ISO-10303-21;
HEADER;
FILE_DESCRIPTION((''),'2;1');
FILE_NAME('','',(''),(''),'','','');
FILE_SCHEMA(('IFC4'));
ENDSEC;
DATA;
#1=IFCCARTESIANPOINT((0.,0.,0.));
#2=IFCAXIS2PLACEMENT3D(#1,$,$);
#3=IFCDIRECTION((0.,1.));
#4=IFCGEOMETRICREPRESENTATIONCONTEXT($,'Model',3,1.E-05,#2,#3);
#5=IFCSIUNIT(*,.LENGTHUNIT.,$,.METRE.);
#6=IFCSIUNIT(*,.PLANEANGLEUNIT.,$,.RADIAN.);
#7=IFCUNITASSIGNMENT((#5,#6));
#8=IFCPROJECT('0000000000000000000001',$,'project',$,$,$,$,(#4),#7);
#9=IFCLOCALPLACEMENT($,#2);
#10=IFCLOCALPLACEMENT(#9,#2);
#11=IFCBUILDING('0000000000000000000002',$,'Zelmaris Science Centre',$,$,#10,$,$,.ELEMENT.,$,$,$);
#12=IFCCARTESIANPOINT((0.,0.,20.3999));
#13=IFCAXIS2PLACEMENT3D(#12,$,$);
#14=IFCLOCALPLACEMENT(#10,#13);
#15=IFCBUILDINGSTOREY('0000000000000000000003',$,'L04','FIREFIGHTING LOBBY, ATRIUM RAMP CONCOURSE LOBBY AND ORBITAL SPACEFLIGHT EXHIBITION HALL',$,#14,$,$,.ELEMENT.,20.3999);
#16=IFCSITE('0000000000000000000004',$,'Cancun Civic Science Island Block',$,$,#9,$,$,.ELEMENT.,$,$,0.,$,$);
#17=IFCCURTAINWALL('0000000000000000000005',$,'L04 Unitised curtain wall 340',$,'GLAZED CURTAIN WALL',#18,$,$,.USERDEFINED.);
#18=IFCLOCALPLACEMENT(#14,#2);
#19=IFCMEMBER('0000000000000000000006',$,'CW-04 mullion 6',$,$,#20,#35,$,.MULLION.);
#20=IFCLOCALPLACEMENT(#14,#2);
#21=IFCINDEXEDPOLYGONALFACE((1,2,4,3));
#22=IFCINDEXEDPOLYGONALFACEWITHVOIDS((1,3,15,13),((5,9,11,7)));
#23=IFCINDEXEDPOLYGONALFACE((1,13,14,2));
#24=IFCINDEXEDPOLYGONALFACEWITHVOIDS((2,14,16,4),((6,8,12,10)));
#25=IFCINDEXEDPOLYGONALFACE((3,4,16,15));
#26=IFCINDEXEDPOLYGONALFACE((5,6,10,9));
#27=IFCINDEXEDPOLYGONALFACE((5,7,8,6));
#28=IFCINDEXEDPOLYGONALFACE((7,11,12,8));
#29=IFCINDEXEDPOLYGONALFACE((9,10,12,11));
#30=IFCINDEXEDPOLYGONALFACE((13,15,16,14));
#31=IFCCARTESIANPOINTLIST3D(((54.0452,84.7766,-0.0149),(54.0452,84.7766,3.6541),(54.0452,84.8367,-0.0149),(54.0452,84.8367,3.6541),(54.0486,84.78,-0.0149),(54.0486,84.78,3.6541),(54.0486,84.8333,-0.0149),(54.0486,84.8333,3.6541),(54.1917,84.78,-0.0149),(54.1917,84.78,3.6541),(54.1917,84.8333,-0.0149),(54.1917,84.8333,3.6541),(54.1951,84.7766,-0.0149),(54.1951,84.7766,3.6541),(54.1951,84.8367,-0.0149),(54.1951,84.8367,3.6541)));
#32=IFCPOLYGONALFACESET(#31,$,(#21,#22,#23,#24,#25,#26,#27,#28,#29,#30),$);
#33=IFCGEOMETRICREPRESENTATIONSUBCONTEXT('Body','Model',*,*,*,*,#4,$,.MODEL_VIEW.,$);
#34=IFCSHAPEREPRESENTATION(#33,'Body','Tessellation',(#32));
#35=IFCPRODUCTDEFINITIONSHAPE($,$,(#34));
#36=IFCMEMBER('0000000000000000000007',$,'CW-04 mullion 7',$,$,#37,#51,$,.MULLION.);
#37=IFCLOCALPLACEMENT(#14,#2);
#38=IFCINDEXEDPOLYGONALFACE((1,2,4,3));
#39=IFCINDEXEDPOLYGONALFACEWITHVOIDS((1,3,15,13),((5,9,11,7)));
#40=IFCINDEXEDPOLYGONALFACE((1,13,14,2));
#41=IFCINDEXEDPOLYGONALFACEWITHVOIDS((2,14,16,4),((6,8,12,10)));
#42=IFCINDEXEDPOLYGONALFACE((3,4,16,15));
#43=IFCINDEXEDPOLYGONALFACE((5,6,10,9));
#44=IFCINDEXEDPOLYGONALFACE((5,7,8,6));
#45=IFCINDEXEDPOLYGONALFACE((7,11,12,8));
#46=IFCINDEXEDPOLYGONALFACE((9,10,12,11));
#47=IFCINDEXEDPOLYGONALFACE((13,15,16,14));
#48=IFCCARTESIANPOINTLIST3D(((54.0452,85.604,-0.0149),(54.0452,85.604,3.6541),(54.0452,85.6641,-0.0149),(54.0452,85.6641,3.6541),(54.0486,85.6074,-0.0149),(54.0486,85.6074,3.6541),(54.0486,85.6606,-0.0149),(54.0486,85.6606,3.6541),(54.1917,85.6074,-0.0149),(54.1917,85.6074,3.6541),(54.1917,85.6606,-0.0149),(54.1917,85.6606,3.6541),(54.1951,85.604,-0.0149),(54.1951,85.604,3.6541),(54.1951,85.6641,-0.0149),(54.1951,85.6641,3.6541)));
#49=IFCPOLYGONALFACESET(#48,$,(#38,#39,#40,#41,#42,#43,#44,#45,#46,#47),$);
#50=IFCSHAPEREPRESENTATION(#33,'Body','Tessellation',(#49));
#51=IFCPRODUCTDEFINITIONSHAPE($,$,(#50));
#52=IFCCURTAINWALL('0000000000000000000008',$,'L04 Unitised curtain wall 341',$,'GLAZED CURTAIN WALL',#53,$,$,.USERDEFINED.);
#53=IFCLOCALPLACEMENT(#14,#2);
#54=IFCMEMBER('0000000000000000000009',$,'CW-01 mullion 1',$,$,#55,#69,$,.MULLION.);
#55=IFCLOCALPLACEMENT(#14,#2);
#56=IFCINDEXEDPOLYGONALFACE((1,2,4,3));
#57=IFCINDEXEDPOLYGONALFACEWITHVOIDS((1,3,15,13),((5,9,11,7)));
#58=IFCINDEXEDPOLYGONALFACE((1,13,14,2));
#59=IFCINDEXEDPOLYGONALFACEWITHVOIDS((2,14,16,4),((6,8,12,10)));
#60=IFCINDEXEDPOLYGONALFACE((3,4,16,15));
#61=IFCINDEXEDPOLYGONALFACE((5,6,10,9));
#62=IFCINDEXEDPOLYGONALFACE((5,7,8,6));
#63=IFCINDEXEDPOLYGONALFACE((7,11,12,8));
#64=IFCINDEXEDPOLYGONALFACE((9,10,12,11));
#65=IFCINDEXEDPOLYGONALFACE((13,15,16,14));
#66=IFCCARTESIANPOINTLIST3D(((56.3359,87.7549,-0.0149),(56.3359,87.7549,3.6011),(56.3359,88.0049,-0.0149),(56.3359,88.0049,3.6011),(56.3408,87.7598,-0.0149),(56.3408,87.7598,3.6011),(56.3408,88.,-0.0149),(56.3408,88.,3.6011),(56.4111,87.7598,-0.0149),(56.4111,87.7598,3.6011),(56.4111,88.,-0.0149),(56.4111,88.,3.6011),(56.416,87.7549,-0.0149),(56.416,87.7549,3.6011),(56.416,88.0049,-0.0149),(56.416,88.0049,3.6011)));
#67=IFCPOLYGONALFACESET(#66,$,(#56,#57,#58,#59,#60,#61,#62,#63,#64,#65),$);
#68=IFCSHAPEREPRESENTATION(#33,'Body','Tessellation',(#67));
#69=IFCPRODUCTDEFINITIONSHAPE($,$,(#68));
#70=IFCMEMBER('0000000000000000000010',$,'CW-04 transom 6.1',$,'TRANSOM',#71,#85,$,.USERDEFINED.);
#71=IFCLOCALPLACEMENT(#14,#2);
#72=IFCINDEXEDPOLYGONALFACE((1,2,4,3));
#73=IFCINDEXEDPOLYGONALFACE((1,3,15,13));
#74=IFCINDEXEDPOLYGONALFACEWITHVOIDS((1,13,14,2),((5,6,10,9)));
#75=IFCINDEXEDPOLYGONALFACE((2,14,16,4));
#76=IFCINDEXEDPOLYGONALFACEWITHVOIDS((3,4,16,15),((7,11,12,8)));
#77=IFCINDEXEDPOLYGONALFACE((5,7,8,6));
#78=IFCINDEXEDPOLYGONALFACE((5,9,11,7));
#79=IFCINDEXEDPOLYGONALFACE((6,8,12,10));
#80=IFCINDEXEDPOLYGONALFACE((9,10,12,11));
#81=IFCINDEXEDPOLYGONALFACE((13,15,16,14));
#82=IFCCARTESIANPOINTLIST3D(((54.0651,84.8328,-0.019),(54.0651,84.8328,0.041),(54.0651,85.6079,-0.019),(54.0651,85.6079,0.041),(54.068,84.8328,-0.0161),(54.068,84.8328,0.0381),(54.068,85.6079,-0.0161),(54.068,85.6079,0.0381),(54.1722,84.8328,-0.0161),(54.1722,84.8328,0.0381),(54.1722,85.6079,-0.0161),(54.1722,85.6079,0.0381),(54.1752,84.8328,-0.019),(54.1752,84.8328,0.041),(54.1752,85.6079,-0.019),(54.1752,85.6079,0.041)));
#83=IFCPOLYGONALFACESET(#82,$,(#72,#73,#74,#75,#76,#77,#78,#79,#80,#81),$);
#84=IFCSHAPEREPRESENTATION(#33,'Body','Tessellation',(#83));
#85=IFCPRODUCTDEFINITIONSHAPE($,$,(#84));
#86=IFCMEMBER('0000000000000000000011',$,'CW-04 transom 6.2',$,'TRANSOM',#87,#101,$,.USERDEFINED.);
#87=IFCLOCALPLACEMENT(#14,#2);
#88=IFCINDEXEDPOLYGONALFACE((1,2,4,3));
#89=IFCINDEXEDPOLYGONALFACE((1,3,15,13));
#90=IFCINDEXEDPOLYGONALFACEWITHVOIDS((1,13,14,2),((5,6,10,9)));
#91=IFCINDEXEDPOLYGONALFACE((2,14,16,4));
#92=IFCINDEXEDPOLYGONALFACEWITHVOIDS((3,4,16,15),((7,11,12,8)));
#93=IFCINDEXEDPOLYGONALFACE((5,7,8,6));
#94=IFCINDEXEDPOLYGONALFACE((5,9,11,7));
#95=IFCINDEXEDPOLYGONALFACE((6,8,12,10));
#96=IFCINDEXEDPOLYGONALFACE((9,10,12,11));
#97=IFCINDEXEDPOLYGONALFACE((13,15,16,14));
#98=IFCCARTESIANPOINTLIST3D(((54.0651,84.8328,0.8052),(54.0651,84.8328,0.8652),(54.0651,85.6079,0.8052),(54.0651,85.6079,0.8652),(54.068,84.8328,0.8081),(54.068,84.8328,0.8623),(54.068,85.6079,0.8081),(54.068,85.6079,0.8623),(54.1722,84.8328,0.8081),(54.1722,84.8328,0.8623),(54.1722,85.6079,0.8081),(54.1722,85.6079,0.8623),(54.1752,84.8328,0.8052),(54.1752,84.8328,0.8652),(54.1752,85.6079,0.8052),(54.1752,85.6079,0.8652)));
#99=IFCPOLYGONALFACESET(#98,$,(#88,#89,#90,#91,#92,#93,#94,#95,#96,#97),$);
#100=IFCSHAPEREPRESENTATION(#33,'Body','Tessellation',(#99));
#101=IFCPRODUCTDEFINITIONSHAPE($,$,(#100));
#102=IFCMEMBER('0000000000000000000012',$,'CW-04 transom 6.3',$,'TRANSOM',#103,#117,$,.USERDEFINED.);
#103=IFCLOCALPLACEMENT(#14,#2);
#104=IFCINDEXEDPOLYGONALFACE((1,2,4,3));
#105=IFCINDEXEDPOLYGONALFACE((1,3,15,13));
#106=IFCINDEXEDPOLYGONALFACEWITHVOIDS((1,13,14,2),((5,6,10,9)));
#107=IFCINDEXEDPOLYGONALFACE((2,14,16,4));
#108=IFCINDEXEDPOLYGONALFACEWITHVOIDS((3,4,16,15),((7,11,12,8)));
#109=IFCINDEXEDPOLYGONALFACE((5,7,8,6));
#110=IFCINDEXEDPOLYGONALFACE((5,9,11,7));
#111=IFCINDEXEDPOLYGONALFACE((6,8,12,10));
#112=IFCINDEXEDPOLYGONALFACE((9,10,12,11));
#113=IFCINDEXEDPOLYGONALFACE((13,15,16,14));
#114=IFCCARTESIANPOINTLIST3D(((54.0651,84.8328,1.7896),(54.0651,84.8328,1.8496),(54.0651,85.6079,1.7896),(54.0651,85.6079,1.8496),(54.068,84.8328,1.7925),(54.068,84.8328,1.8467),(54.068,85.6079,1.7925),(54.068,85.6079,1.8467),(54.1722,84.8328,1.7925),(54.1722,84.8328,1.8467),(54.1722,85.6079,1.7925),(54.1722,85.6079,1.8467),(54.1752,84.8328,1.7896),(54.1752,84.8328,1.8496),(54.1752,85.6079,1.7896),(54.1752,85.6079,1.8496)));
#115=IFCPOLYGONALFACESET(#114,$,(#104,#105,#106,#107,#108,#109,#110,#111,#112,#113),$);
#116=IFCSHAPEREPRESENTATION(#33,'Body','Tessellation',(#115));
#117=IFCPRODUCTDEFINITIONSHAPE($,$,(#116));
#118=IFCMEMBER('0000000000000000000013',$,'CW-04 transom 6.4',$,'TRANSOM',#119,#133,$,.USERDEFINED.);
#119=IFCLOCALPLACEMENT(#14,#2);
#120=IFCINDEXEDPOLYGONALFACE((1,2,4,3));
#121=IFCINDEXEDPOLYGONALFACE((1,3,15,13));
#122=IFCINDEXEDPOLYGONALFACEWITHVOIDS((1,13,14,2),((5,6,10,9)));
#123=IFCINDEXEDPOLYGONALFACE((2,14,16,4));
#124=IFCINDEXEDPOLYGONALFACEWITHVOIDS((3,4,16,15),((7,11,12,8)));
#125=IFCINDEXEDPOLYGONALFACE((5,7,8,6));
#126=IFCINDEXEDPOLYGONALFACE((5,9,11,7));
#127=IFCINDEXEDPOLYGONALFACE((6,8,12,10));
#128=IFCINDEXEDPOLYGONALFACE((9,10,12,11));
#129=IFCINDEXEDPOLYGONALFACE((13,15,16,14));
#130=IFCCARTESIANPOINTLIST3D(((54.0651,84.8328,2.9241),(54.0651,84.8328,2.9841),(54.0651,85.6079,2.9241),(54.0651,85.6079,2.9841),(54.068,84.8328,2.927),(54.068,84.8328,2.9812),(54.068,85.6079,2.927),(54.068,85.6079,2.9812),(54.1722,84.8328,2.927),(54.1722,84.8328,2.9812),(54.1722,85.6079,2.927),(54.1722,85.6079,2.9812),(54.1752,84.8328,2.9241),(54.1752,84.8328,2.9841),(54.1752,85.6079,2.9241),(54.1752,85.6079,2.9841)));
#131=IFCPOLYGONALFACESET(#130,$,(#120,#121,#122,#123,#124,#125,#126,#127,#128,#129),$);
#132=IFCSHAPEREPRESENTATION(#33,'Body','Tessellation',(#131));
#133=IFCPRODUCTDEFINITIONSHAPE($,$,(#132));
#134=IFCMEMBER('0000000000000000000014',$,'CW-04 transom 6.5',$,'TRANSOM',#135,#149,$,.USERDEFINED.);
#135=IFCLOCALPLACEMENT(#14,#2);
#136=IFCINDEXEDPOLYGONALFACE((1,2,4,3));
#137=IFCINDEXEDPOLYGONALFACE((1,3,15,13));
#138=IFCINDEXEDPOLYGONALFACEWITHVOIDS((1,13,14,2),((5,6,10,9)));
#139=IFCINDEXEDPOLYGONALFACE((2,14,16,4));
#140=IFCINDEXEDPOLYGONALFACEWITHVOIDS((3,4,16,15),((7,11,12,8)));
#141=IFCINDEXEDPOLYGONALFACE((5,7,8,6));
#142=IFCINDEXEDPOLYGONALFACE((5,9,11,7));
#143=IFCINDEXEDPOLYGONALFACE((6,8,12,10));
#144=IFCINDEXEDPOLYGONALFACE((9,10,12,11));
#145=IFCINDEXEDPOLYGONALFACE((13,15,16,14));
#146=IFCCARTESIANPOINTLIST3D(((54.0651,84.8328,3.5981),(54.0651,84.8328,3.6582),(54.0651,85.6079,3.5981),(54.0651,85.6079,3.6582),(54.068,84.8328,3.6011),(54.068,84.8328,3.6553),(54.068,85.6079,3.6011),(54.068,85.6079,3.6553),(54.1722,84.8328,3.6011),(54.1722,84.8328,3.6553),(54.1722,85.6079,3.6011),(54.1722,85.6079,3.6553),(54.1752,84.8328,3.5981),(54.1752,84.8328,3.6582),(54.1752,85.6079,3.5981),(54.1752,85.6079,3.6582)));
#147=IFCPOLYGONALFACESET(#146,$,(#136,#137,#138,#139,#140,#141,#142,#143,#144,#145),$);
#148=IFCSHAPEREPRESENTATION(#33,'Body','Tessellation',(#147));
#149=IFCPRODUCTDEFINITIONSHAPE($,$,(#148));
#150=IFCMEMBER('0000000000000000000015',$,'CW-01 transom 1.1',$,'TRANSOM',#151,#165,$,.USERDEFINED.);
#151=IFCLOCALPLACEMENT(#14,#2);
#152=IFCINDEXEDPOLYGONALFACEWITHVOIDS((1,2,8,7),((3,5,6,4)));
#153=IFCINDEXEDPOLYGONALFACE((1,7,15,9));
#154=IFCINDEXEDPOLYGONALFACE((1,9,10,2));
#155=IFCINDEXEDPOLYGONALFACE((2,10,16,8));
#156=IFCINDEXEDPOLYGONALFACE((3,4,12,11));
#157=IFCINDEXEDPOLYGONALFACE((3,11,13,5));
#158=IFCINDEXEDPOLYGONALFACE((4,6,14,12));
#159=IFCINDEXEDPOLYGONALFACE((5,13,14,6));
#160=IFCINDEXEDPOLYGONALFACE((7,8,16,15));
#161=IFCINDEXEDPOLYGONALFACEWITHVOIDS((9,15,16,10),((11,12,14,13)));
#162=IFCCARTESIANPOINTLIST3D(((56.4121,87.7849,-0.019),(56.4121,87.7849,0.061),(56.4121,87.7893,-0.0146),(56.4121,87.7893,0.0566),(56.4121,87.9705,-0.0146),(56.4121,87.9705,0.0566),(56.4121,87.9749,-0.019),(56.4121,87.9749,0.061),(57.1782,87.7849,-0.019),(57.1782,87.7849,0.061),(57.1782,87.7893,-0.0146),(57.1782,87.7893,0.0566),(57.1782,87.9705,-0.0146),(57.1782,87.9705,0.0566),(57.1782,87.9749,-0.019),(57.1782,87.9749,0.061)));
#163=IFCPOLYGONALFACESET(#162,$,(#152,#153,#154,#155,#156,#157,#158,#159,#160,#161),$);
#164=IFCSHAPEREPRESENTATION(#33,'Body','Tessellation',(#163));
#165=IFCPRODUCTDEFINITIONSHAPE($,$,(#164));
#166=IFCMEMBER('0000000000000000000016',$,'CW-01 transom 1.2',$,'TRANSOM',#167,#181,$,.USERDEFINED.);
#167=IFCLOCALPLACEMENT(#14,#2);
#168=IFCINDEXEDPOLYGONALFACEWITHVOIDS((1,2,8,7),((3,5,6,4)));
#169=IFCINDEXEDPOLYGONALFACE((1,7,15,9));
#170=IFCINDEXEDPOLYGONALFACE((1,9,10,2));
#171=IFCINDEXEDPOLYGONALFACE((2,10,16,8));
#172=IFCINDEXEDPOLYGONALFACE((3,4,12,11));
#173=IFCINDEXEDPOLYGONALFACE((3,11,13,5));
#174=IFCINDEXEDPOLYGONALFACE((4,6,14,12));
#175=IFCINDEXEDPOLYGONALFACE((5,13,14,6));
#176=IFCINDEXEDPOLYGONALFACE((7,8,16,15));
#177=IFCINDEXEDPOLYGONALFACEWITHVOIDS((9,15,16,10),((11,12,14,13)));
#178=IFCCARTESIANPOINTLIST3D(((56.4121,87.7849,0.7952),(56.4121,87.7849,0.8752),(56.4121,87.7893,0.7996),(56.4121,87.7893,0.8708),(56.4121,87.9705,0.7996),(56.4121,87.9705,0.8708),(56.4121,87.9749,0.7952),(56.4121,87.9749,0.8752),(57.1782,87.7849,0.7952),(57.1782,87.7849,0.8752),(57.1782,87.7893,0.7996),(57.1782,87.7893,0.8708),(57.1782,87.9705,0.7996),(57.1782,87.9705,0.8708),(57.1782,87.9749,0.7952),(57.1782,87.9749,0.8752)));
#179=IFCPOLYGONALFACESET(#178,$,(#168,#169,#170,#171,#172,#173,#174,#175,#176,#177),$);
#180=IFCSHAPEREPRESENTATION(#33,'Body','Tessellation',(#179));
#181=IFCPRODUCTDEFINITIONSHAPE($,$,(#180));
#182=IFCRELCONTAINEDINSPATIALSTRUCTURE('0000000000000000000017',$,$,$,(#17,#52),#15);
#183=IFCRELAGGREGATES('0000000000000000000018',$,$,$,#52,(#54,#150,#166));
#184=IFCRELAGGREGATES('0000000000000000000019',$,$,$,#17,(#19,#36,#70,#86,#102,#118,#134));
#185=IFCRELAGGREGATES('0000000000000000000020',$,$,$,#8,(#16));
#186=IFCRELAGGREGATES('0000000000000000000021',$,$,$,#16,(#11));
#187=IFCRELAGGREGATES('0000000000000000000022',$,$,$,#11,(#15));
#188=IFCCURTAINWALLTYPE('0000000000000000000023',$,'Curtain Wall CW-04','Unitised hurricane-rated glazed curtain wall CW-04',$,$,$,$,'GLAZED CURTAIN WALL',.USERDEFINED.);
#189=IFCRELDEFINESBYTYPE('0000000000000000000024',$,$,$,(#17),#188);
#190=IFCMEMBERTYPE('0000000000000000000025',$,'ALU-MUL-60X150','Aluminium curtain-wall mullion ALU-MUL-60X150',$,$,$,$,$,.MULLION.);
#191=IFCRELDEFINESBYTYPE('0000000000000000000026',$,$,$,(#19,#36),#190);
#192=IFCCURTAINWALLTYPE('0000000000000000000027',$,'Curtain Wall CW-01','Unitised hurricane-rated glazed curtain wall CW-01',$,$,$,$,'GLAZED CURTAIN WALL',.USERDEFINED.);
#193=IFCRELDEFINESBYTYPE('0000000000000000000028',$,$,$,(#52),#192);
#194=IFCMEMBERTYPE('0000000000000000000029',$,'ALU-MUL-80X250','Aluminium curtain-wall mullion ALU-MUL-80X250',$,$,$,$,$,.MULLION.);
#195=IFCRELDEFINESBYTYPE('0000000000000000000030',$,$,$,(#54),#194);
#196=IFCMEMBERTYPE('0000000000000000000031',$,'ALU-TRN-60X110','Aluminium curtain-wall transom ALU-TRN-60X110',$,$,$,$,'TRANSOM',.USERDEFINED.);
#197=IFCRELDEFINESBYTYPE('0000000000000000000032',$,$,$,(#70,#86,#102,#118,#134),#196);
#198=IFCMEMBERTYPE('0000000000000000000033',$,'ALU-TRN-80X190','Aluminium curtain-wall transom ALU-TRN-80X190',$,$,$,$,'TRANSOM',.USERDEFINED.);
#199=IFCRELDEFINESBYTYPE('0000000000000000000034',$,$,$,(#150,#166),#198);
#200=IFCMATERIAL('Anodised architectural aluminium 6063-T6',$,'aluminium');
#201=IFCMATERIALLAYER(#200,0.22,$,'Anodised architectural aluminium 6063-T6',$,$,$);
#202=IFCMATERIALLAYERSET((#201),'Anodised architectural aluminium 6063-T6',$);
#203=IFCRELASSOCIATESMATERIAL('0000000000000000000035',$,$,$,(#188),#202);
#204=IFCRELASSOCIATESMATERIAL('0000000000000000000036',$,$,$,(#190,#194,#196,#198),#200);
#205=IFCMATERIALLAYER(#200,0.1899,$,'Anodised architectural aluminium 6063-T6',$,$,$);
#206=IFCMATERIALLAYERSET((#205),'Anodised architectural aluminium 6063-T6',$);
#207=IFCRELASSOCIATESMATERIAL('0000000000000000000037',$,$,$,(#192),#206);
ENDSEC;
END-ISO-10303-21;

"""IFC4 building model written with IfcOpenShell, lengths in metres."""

from ifc_helpers import new_model, si_unit, direction, frame, origin, origin_2d, place, context, subcontext, project, spatial, hollow_rectangle, extrude, material, layer, layer_set, material_profile, profile_set, type_object, element, aggregate, save


model = new_model("IFC4")

# Units and contexts
model_context = context("Model", 3, precision=1e-05, world=origin(), true_north=direction((0.0, 1.0)))
body_context = subcontext(model_context, "Body", "Model", "MODEL_VIEW")
ifc_project = project(units=[si_unit("LENGTHUNIT", "METRE"), si_unit("PLANEANGLEUNIT", "RADIAN")], contexts=[model_context])

# Site, building, storey
site_placement = place(None, origin())
site = spatial("IfcSite", under=ifc_project, at=site_placement, Name="Cancun Civic Science Island Block", CompositionType="ELEMENT", RefElevation=0.0)
building_placement = place(site_placement, origin())
building = spatial("IfcBuilding", under=site, at=building_placement, Name="Zelmaris Science Centre", CompositionType="ELEMENT")
storey_placement = place(building_placement, frame((0.0, 0.0, 20.3999)))
storey = spatial("IfcBuildingStorey", under=building, at=storey_placement, Name="L04", Description="FIREFIGHTING LOBBY, ATRIUM RAMP CONCOURSE LOBBY AND ORBITAL SPACEFLIGHT EXHIBITION HALL", CompositionType="ELEMENT", Elevation=20.3999)

# Curtain wall, members
ifc_material_1 = material(Name="Anodised architectural aluminium 6063-T6", Category="aluminium")
ifc_layer_1 = layer(ifc_material_1, 0.22, Name="Anodised architectural aluminium 6063-T6")
ifc_layer_set_1 = layer_set([ifc_layer_1], Name="Anodised architectural aluminium 6063-T6")
curtain_wall_type_1 = type_object("IfcCurtainWallType", Name="Curtain Wall CW-04", Description="Unitised hurricane-rated glazed curtain wall CW-04", ElementType="GLAZED CURTAIN WALL", PredefinedType="USERDEFINED", material=ifc_layer_set_1)
curtain_wall_1_placement = place(storey_placement, origin())
curtain_wall_1 = element("IfcCurtainWall", 1, at=curtain_wall_1_placement, inside=storey, type_object=curtain_wall_type_1, Name="L04 Unitised curtain wall 340", ObjectType="GLAZED CURTAIN WALL", PredefinedType="USERDEFINED")
ifc_material_profile_1 = material_profile(ifc_material_1, hollow_rectangle(XDim=0.0601, YDim=0.1499, WallThickness=0.0034, at=origin_2d()), Name="ALU-MUL-60X150")
ifc_profile_set_1 = profile_set([ifc_material_profile_1], Name="Anodised architectural aluminium 6063-T6")
member_type_1 = type_object("IfcMemberType", Name="ALU-MUL-60X150", Description="Aluminium curtain-wall mullion ALU-MUL-60X150", PredefinedType="MULLION", material=ifc_profile_set_1)
member_1_placement = place(storey_placement, frame((54.1201, 84.8066, -0.0149), z_axis=(0.0, 0.0, 1.0), x_axis=(0.0, 1.0, 0.0)))
member_1 = element("IfcMember", 2, at=member_1_placement, type_object=member_type_1, Name="CW-04 mullion 6", PredefinedType="MULLION", context=body_context, shape_type="SweptSolid", body=[
    extrude(hollow_rectangle(XDim=0.0601, YDim=0.1499, WallThickness=0.0034, at=origin_2d()), origin(), (0.0, 0.0, 1.0), 3.6689),
])
member_2_placement = place(storey_placement, frame((54.1201, 85.634, -0.0149), z_axis=(0.0, 0.0, 1.0), x_axis=(0.0, 1.0, 0.0)))
member_2 = element("IfcMember", 3, at=member_2_placement, type_object=member_type_1, Name="CW-04 mullion 7", PredefinedType="MULLION", context=body_context, shape_type="SweptSolid", body=[
    extrude(hollow_rectangle(XDim=0.0601, YDim=0.1499, WallThickness=0.0034, at=origin_2d()), origin(), (0.0, 0.0, 1.0), 3.6689),
])

# Curtain wall, member
ifc_layer_2 = layer(ifc_material_1, 0.1899, Name="Anodised architectural aluminium 6063-T6")
ifc_layer_set_2 = layer_set([ifc_layer_2], Name="Anodised architectural aluminium 6063-T6")
curtain_wall_type_2 = type_object("IfcCurtainWallType", Name="Curtain Wall CW-01", Description="Unitised hurricane-rated glazed curtain wall CW-01", ElementType="GLAZED CURTAIN WALL", PredefinedType="USERDEFINED", material=ifc_layer_set_2)
curtain_wall_2_placement = place(storey_placement, origin())
curtain_wall_2 = element("IfcCurtainWall", 4, at=curtain_wall_2_placement, inside=storey, type_object=curtain_wall_type_2, Name="L04 Unitised curtain wall 341", ObjectType="GLAZED CURTAIN WALL", PredefinedType="USERDEFINED")
ifc_material_profile_2 = material_profile(ifc_material_1, hollow_rectangle(XDim=0.0801, YDim=0.25, WallThickness=0.0049, at=origin_2d()), Name="ALU-MUL-80X250")
ifc_profile_set_2 = profile_set([ifc_material_profile_2], Name="Anodised architectural aluminium 6063-T6")
member_type_2 = type_object("IfcMemberType", Name="ALU-MUL-80X250", Description="Aluminium curtain-wall mullion ALU-MUL-80X250", PredefinedType="MULLION", material=ifc_profile_set_2)
member_3_placement = place(storey_placement, frame((56.376, 87.8799, -0.0149), z_axis=(0.0, 0.0, 1.0), x_axis=(1.0, 0.0, 0.0)))
member_3 = element("IfcMember", 5, at=member_3_placement, type_object=member_type_2, Name="CW-01 mullion 1", PredefinedType="MULLION", context=body_context, shape_type="SweptSolid", body=[
    extrude(hollow_rectangle(XDim=0.0801, YDim=0.25, WallThickness=0.0049, at=origin_2d()), origin(), (0.0, 0.0, 1.0), 3.616),
])

# Members
ifc_material_profile_3 = material_profile(ifc_material_1, hollow_rectangle(XDim=0.0601, YDim=0.1101, WallThickness=0.0029, at=origin_2d()), Name="ALU-TRN-60X110")
ifc_profile_set_3 = profile_set([ifc_material_profile_3], Name="Anodised architectural aluminium 6063-T6")
member_type_3 = type_object("IfcMemberType", Name="ALU-TRN-60X110", Description="Aluminium curtain-wall transom ALU-TRN-60X110", ElementType="TRANSOM", PredefinedType="USERDEFINED", material=ifc_profile_set_3)
member_4_placement = place(storey_placement, frame((54.1201, 84.8328, 0.011), z_axis=(0.0, 1.0, 0.0), x_axis=(0.0, 0.0, 1.0)))
member_4 = element("IfcMember", 6, at=member_4_placement, type_object=member_type_3, Name="CW-04 transom 6.1", ObjectType="TRANSOM", PredefinedType="USERDEFINED", context=body_context, shape_type="SweptSolid", body=[
    extrude(hollow_rectangle(XDim=0.0601, YDim=0.1101, WallThickness=0.0029, at=origin_2d()), origin(), (0.0, 0.0, 1.0), 0.7751),
])
member_5_placement = place(storey_placement, frame((54.1201, 84.8328, 0.8352), z_axis=(0.0, 1.0, 0.0), x_axis=(0.0, 0.0, 1.0)))
member_5 = element("IfcMember", 7, at=member_5_placement, type_object=member_type_3, Name="CW-04 transom 6.2", ObjectType="TRANSOM", PredefinedType="USERDEFINED", context=body_context, shape_type="SweptSolid", body=[
    extrude(hollow_rectangle(XDim=0.0601, YDim=0.1101, WallThickness=0.0029, at=origin_2d()), origin(), (0.0, 0.0, 1.0), 0.7751),
])
member_6_placement = place(storey_placement, frame((54.1201, 84.8328, 1.8196), z_axis=(0.0, 1.0, 0.0), x_axis=(0.0, 0.0, 1.0)))
member_6 = element("IfcMember", 8, at=member_6_placement, type_object=member_type_3, Name="CW-04 transom 6.3", ObjectType="TRANSOM", PredefinedType="USERDEFINED", context=body_context, shape_type="SweptSolid", body=[
    extrude(hollow_rectangle(XDim=0.0601, YDim=0.1101, WallThickness=0.0029, at=origin_2d()), origin(), (0.0, 0.0, 1.0), 0.7751),
])
member_7_placement = place(storey_placement, frame((54.1201, 84.8328, 2.9541), z_axis=(0.0, 1.0, 0.0), x_axis=(0.0, 0.0, 1.0)))
member_7 = element("IfcMember", 9, at=member_7_placement, type_object=member_type_3, Name="CW-04 transom 6.4", ObjectType="TRANSOM", PredefinedType="USERDEFINED", context=body_context, shape_type="SweptSolid", body=[
    extrude(hollow_rectangle(XDim=0.0601, YDim=0.1101, WallThickness=0.0029, at=origin_2d()), origin(), (0.0, 0.0, 1.0), 0.7751),
])
member_8_placement = place(storey_placement, frame((54.1201, 84.8328, 3.6282), z_axis=(0.0, 1.0, 0.0), x_axis=(0.0, 0.0, 1.0)))
member_8 = element("IfcMember", 10, at=member_8_placement, type_object=member_type_3, Name="CW-04 transom 6.5", ObjectType="TRANSOM", PredefinedType="USERDEFINED", context=body_context, shape_type="SweptSolid", body=[
    extrude(hollow_rectangle(XDim=0.0601, YDim=0.1101, WallThickness=0.0029, at=origin_2d()), origin(), (0.0, 0.0, 1.0), 0.7751),
])
ifc_material_profile_4 = material_profile(ifc_material_1, hollow_rectangle(XDim=0.0801, YDim=0.1899, WallThickness=0.0044, at=origin_2d()), Name="ALU-TRN-80X190")
ifc_profile_set_4 = profile_set([ifc_material_profile_4], Name="Anodised architectural aluminium 6063-T6")
member_type_4 = type_object("IfcMemberType", Name="ALU-TRN-80X190", Description="Aluminium curtain-wall transom ALU-TRN-80X190", ElementType="TRANSOM", PredefinedType="USERDEFINED", material=ifc_profile_set_4)
member_9_placement = place(storey_placement, frame((56.4121, 87.8799, 0.021), z_axis=(1.0, 0.0, 0.0), x_axis=(0.0, 0.0, 1.0)))
member_9 = element("IfcMember", 11, at=member_9_placement, type_object=member_type_4, Name="CW-01 transom 1.1", ObjectType="TRANSOM", PredefinedType="USERDEFINED", context=body_context, shape_type="SweptSolid", body=[
    extrude(hollow_rectangle(XDim=0.0801, YDim=0.1899, WallThickness=0.0044, at=origin_2d()), origin(), (0.0, 0.0, 1.0), 0.7661),
])
member_10_placement = place(storey_placement, frame((56.4121, 87.8799, 0.8352), z_axis=(1.0, 0.0, 0.0), x_axis=(0.0, 0.0, 1.0)))
member_10 = element("IfcMember", 12, at=member_10_placement, type_object=member_type_4, Name="CW-01 transom 1.2", ObjectType="TRANSOM", PredefinedType="USERDEFINED", context=body_context, shape_type="SweptSolid", body=[
    extrude(hollow_rectangle(XDim=0.0801, YDim=0.1899, WallThickness=0.0044, at=origin_2d()), origin(), (0.0, 0.0, 1.0), 0.7661),
])

aggregate(curtain_wall_2, [member_3, member_9, member_10])
aggregate(curtain_wall_1, [member_1, member_2, member_4, member_5, member_6, member_7, member_8])

save(model, "model.ifc")
